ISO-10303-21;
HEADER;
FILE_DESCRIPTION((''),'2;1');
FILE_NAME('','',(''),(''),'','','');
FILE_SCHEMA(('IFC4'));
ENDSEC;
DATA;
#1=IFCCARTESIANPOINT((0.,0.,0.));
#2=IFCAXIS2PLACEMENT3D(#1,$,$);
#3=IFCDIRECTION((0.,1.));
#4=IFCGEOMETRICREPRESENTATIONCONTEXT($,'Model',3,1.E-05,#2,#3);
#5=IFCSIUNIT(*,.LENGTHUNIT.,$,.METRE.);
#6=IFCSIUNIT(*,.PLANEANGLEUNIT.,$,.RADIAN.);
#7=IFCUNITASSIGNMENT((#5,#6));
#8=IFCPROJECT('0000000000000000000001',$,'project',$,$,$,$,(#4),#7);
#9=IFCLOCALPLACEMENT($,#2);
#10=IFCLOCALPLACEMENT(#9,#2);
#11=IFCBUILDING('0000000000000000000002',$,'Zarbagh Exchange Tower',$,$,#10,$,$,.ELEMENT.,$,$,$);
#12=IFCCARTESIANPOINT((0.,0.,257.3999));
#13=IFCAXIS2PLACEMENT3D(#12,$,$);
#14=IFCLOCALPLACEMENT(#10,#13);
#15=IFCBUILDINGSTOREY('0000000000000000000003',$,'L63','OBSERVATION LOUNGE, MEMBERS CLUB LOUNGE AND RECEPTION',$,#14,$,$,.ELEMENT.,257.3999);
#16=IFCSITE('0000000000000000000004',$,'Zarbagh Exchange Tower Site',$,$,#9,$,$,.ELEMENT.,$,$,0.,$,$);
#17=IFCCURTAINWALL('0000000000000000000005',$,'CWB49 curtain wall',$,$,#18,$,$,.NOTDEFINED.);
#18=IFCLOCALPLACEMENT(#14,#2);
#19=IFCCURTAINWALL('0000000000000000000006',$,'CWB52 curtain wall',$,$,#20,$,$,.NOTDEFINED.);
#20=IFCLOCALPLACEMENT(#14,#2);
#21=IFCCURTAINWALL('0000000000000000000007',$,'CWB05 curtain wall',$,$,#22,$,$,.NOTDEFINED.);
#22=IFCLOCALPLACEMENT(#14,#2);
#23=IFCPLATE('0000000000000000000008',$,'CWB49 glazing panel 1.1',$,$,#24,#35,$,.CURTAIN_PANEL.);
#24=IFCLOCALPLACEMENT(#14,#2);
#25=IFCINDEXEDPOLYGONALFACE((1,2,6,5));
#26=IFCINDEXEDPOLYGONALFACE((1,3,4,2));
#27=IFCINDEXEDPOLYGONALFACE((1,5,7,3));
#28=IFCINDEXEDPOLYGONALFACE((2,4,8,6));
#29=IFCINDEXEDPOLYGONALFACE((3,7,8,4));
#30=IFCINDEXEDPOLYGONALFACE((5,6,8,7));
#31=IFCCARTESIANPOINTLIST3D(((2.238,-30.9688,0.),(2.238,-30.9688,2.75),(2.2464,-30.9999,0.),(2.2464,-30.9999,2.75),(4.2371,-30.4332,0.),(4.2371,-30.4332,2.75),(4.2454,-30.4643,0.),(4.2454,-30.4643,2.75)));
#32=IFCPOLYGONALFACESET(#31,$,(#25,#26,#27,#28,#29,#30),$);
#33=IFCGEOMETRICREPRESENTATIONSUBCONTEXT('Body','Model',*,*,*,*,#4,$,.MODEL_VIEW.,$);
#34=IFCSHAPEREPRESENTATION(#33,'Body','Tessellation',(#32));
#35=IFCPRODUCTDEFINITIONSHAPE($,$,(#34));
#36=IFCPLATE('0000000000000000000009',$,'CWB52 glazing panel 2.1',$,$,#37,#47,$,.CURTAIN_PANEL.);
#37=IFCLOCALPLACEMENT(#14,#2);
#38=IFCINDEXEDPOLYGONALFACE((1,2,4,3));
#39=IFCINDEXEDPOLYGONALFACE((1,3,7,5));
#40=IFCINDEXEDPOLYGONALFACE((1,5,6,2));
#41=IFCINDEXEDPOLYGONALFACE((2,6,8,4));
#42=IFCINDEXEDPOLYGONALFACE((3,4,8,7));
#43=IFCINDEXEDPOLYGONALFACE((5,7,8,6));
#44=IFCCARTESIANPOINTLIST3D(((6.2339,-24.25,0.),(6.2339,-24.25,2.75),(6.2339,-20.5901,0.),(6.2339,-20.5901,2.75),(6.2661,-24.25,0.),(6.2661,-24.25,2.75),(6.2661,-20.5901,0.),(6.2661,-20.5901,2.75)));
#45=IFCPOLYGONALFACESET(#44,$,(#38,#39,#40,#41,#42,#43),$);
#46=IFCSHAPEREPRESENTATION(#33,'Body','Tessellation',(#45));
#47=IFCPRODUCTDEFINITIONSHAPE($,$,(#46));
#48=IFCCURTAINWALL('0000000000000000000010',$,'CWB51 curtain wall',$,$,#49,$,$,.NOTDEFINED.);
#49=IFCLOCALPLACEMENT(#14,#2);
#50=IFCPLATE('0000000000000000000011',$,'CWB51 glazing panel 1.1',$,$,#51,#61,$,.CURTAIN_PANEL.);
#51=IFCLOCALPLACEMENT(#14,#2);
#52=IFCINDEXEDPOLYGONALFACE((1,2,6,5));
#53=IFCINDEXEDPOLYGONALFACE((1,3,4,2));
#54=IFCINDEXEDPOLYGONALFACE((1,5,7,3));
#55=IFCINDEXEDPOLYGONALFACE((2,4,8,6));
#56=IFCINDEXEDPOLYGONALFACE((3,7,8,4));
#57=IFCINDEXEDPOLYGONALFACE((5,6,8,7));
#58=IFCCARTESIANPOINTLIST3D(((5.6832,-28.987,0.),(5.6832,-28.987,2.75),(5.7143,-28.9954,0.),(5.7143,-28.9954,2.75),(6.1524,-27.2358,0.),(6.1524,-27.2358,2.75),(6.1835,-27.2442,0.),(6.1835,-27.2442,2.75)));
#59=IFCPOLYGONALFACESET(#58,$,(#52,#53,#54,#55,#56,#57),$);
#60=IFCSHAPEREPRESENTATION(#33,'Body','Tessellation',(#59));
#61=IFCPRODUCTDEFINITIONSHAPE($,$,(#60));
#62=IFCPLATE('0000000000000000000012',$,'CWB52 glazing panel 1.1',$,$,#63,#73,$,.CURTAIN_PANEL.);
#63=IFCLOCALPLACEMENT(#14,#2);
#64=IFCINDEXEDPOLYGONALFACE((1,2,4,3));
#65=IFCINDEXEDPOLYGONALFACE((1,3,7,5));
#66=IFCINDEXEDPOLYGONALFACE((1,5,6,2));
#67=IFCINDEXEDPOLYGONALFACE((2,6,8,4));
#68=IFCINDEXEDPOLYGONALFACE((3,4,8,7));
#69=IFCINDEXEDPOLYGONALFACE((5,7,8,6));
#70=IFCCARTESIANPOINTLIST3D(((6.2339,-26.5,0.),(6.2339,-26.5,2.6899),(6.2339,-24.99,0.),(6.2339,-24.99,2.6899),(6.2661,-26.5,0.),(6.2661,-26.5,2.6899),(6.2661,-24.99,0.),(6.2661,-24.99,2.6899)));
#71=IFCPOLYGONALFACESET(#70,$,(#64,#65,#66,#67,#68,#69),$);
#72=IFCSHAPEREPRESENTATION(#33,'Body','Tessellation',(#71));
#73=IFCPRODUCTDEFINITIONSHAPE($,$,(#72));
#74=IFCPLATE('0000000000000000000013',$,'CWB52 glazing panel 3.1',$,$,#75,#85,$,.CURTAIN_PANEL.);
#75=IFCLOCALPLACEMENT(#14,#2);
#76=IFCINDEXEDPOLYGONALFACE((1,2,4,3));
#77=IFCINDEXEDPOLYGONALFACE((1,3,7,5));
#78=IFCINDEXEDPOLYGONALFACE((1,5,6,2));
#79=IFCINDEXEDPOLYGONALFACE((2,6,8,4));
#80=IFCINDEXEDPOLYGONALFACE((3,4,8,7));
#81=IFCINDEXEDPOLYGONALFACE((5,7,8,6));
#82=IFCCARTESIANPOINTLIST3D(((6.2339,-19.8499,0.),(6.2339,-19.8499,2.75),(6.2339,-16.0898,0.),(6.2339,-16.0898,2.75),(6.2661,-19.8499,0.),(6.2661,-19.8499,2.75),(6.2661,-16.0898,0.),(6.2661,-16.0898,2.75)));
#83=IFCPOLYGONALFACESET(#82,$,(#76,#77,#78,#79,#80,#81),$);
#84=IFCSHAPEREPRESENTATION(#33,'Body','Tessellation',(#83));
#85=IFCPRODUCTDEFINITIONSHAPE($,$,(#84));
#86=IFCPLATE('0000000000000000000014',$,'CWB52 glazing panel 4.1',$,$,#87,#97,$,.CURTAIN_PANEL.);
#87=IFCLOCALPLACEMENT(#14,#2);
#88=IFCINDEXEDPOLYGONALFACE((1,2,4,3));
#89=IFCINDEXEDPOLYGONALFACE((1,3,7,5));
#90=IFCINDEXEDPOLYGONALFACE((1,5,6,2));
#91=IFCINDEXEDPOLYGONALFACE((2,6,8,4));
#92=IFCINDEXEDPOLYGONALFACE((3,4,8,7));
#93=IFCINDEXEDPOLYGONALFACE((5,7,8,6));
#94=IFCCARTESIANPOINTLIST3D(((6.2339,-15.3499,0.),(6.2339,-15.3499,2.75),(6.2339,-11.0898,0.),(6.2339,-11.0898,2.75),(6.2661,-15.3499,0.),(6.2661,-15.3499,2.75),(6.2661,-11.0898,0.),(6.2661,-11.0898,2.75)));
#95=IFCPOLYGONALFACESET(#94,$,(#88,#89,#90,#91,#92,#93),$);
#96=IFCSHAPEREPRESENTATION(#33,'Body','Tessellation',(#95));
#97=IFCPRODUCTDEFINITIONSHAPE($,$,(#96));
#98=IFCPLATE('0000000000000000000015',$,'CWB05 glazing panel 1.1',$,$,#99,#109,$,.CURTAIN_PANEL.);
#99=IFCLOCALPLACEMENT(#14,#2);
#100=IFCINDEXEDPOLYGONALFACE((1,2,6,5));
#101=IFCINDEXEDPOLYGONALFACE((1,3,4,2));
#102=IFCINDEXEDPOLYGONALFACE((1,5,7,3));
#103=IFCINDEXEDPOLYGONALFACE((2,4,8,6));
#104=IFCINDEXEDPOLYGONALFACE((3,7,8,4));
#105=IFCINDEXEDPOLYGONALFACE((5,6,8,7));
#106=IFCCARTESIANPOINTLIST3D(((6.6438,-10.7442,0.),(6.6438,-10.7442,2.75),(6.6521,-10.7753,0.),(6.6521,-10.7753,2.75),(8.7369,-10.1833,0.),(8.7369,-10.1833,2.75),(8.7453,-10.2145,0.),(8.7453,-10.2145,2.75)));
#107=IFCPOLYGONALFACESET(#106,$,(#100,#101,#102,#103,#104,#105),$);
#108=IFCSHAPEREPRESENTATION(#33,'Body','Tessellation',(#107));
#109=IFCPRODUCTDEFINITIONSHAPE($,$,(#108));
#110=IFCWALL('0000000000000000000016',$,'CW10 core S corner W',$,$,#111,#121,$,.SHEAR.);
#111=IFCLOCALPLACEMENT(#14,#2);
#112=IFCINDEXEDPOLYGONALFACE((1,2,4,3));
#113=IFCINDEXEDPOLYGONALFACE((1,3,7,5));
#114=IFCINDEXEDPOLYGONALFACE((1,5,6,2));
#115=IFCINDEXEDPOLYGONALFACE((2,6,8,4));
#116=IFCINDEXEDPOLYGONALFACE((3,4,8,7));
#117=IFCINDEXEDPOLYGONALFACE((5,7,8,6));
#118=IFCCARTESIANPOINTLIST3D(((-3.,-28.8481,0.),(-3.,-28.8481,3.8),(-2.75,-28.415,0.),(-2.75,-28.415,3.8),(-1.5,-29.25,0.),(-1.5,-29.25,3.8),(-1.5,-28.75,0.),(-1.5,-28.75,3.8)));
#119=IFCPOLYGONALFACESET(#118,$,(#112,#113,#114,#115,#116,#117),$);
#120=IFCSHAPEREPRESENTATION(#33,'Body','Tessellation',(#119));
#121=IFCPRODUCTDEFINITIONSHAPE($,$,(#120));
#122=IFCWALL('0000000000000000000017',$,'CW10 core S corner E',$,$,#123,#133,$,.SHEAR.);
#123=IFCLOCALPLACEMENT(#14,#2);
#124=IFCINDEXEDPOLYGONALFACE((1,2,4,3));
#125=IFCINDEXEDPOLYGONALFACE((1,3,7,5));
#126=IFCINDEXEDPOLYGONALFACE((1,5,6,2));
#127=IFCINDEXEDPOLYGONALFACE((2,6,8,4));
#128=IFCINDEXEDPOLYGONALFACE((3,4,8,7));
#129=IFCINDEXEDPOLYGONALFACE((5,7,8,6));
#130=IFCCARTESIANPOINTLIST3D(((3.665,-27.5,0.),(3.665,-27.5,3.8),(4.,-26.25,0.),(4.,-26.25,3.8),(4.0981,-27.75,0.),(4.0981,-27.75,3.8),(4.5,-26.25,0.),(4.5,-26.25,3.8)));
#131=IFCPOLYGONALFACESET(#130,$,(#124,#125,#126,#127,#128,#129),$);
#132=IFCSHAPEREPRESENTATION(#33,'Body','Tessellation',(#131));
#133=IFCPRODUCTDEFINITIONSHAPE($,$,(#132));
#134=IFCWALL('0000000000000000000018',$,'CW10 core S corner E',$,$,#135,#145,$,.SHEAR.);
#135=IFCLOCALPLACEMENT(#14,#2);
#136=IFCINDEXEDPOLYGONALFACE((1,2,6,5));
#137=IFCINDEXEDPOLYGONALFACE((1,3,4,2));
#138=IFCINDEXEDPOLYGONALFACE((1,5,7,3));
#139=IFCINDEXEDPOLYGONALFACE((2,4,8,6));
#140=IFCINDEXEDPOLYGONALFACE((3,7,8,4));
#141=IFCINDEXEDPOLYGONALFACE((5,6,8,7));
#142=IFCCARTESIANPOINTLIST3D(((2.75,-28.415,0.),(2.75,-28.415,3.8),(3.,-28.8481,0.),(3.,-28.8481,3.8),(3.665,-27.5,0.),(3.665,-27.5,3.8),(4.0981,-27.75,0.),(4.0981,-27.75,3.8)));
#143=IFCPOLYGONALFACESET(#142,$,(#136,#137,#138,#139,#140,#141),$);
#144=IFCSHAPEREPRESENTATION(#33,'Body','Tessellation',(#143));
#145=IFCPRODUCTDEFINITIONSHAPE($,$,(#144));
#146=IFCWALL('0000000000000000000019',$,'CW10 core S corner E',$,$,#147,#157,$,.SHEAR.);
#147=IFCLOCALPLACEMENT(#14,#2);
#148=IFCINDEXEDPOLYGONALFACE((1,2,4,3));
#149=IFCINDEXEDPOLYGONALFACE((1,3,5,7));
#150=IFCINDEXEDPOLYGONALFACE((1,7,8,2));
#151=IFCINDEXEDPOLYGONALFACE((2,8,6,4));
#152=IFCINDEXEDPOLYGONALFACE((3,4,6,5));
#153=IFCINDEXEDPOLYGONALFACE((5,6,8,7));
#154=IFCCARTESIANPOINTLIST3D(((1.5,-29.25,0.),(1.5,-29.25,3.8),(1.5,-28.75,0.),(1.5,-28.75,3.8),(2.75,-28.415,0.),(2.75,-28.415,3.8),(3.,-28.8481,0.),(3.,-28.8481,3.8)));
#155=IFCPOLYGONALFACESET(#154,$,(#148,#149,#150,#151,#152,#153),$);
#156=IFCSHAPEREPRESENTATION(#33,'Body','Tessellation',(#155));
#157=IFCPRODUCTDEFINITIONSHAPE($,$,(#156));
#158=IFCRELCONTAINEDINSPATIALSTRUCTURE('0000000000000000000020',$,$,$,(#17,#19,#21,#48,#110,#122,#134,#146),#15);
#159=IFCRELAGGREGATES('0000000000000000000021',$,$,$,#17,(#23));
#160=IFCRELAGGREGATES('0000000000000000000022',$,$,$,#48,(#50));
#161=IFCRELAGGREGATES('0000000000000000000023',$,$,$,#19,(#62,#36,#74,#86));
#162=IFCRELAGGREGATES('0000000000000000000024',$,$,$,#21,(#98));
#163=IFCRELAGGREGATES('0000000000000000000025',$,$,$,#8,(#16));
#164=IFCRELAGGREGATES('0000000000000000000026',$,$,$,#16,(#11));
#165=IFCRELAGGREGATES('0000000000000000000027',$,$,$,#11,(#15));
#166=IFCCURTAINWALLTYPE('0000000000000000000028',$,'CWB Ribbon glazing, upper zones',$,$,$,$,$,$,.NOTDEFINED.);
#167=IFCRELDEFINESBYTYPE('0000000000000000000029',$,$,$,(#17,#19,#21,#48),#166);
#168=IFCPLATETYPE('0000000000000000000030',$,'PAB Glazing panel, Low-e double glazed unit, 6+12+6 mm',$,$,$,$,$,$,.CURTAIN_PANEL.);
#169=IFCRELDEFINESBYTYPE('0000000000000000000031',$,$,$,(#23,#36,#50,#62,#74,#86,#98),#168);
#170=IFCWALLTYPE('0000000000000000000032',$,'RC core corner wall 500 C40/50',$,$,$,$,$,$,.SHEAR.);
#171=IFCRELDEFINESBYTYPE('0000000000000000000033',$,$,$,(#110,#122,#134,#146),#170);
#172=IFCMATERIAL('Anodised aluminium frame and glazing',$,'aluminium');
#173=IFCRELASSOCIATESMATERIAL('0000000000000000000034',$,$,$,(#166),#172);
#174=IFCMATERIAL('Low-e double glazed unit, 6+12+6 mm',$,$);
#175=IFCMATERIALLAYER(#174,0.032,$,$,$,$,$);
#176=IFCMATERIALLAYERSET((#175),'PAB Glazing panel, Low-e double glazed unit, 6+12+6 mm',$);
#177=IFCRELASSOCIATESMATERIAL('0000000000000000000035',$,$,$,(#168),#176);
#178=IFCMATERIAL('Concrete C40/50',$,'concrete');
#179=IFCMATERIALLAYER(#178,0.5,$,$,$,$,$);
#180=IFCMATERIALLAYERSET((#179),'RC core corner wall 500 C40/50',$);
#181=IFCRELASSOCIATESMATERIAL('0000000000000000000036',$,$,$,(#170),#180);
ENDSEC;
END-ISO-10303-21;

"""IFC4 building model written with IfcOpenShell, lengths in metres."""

from ifc_helpers import new_model, si_unit, direction, frame, origin, place, context, subcontext, project, spatial, polyline, outline, extrude, source, transform, mapped, material, layer, layer_set, type_object, element, aggregate, save


model = new_model("IFC4")

# Units and contexts
model_context = context("Model", 3, precision=1e-05, world=origin(), true_north=direction((0.0, 1.0)))
body_context = subcontext(model_context, "Body", "Model", "MODEL_VIEW")
ifc_project = project(units=[si_unit("LENGTHUNIT", "METRE"), si_unit("PLANEANGLEUNIT", "RADIAN")], contexts=[model_context])

# Site, building, storey
site_placement = place(None, origin())
site = spatial("IfcSite", under=ifc_project, at=site_placement, Name="Zarbagh Exchange Tower Site", CompositionType="ELEMENT", RefElevation=0.0)
building_placement = place(site_placement, origin())
building = spatial("IfcBuilding", under=site, at=building_placement, Name="Zarbagh Exchange Tower", CompositionType="ELEMENT")
storey_placement = place(building_placement, frame((0.0, 0.0, 257.3999)))
storey = spatial("IfcBuildingStorey", under=building, at=storey_placement, Name="L63", Description="OBSERVATION LOUNGE, MEMBERS CLUB LOUNGE AND RECEPTION", CompositionType="ELEMENT", Elevation=257.3999)

# Curtain wall
ifc_material_1 = material(Name="Anodised aluminium frame and glazing", Category="aluminium")
curtain_wall_type = type_object("IfcCurtainWallType", Name="CWB Ribbon glazing, upper zones", PredefinedType="NOTDEFINED", material=ifc_material_1)
curtain_wall_1_placement = place(storey_placement, origin())
curtain_wall_1 = element("IfcCurtainWall", 1, at=curtain_wall_1_placement, inside=storey, type_object=curtain_wall_type, Name="CWB49 curtain wall", PredefinedType="NOTDEFINED")
placement = place(storey_placement, origin())

# Curtain wall
curtain_wall_2_placement = place(storey_placement, origin())
curtain_wall_2 = element("IfcCurtainWall", 2, at=curtain_wall_2_placement, inside=storey, type_object=curtain_wall_type, Name="CWB52 curtain wall", PredefinedType="NOTDEFINED")

# Curtain wall
curtain_wall_3_placement = place(storey_placement, origin())
curtain_wall_3 = element("IfcCurtainWall", 3, at=curtain_wall_3_placement, inside=storey, type_object=curtain_wall_type, Name="CWB05 curtain wall", PredefinedType="NOTDEFINED")

# Shared definitions
ifc_material_2 = material(Name="Concrete C40/50", Category="concrete")

# Shared definitions
ifc_material_3 = material(Name="Low-e double glazed unit, 6+12+6 mm")
ifc_layer_1 = layer(ifc_material_3, 0.032)
ifc_layer_set_1 = layer_set([ifc_layer_1], Name="PAB Glazing panel, Low-e double glazed unit, 6+12+6 mm")
plate_type = type_object("IfcPlateType", Name="PAB Glazing panel, Low-e double glazed unit, 6+12+6 mm", PredefinedType="CURTAIN_PANEL", material=ifc_layer_set_1)

# Plates
shared_shape_1 = source(origin(), body_context, "Body", "SweptSolid", [
    extrude(outline(polyline([(0.0, -0.0161), (2.0696, -0.0161), (2.0696, 0.0161), (0.0, 0.0161), (0.0, -0.0161)])), origin(), (0.0, 0.0, 1.0), 2.75),
])
plate_1 = element("IfcPlate", 4, at=placement, type_object=plate_type, Name="CWB49 glazing panel 1.1", PredefinedType="CURTAIN_PANEL", context=body_context, shape_type="MappedRepresentation", body=[
    mapped(shared_shape_1, transform((2.2422, -30.9844, 0.0), x_axis=(0.965924, 0.258825, 0.0), y_axis=(-0.258825, 0.965924, 0.0), z_axis=(0.0, 0.0, 1.0))),
])
aggregate(curtain_wall_1, [plate_1])
shared_shape_2 = source(origin(), body_context, "Body", "SweptSolid", [
    extrude(outline(polyline([(0.0, -0.0161), (3.6599, -0.0161), (3.6599, 0.0161), (0.0, 0.0161), (0.0, -0.0161)])), origin(), (0.0, 0.0, 1.0), 2.75),
])
plate_2 = element("IfcPlate", 5, at=placement, type_object=plate_type, Name="CWB52 glazing panel 2.1", PredefinedType="CURTAIN_PANEL", context=body_context, shape_type="MappedRepresentation", body=[
    mapped(shared_shape_2, transform((6.25, -24.25, 0.0), x_axis=(0.0, 1.0, 0.0), y_axis=(-1.0, 0.0, 0.0), z_axis=(0.0, 0.0, 1.0))),
])

# Curtain wall, plate
curtain_wall_4_placement = place(storey_placement, origin())
curtain_wall_4 = element("IfcCurtainWall", 6, at=curtain_wall_4_placement, inside=storey, type_object=curtain_wall_type, Name="CWB51 curtain wall", PredefinedType="NOTDEFINED")
shared_shape_3 = source(origin(), body_context, "Body", "SweptSolid", [
    extrude(outline(polyline([(0.0, -0.0161), (1.813, -0.0161), (1.813, 0.0161), (0.0, 0.0161), (0.0, -0.0161)])), origin(), (0.0, 0.0, 1.0), 2.75),
])
plate_3 = element("IfcPlate", 7, at=placement, type_object=plate_type, Name="CWB51 glazing panel 1.1", PredefinedType="CURTAIN_PANEL", context=body_context, shape_type="MappedRepresentation", body=[
    mapped(shared_shape_3, transform((5.6987, -28.9912, 0.0), x_axis=(0.258825, 0.965924, 0.0), y_axis=(-0.965924, 0.258825, 0.0), z_axis=(0.0, 0.0, 1.0))),
])
aggregate(curtain_wall_4, [plate_3])

# Plates
shared_shape_4 = source(origin(), body_context, "Body", "SweptSolid", [
    extrude(outline(polyline([(0.0, -0.0161), (1.51, -0.0161), (1.51, 0.0161), (0.0, 0.0161), (0.0, -0.0161)])), origin(), (0.0, 0.0, 1.0), 2.6899),
])
plate_4 = element("IfcPlate", 8, at=placement, type_object=plate_type, Name="CWB52 glazing panel 1.1", PredefinedType="CURTAIN_PANEL", context=body_context, shape_type="MappedRepresentation", body=[
    mapped(shared_shape_4, transform((6.25, -26.5, 0.0), x_axis=(0.0, 1.0, 0.0), y_axis=(-1.0, 0.0, 0.0), z_axis=(0.0, 0.0, 1.0))),
])
shared_shape_5 = source(origin(), body_context, "Body", "SweptSolid", [
    extrude(outline(polyline([(0.0, -0.0161), (3.76, -0.0161), (3.76, 0.0161), (0.0, 0.0161), (0.0, -0.0161)])), origin(), (0.0, 0.0, 1.0), 2.75),
])
plate_5 = element("IfcPlate", 9, at=placement, type_object=plate_type, Name="CWB52 glazing panel 3.1", PredefinedType="CURTAIN_PANEL", context=body_context, shape_type="MappedRepresentation", body=[
    mapped(shared_shape_5, transform((6.25, -19.8499, 0.0), x_axis=(0.0, 1.0, 0.0), y_axis=(-1.0, 0.0, 0.0), z_axis=(0.0, 0.0, 1.0))),
])
shared_shape_6 = source(origin(), body_context, "Body", "SweptSolid", [
    extrude(outline(polyline([(0.0, -0.0161), (4.26, -0.0161), (4.26, 0.0161), (0.0, 0.0161), (0.0, -0.0161)])), origin(), (0.0, 0.0, 1.0), 2.75),
])
plate_6 = element("IfcPlate", 10, at=placement, type_object=plate_type, Name="CWB52 glazing panel 4.1", PredefinedType="CURTAIN_PANEL", context=body_context, shape_type="MappedRepresentation", body=[
    mapped(shared_shape_6, transform((6.25, -15.3499, 0.0), x_axis=(0.0, 1.0, 0.0), y_axis=(-1.0, 0.0, 0.0), z_axis=(0.0, 0.0, 1.0))),
])
aggregate(curtain_wall_2, [plate_4, plate_2, plate_5, plate_6])
shared_shape_7 = source(origin(), body_context, "Body", "SweptSolid", [
    extrude(outline(polyline([(0.0, -0.0161), (2.167, -0.0161), (2.167, 0.0161), (0.0, 0.0161), (0.0, -0.0161)])), origin(), (0.0, 0.0, 1.0), 2.75),
])
plate_7 = element("IfcPlate", 11, at=placement, type_object=plate_type, Name="CWB05 glazing panel 1.1", PredefinedType="CURTAIN_PANEL", context=body_context, shape_type="MappedRepresentation", body=[
    mapped(shared_shape_7, transform((6.6479, -10.7598, 0.0), x_axis=(0.965924, 0.258825, 0.0), y_axis=(-0.258825, 0.965924, 0.0), z_axis=(0.0, 0.0, 1.0))),
])
aggregate(curtain_wall_3, [plate_7])

# Walls
ifc_layer_2 = layer(ifc_material_2, 0.5)
ifc_layer_set_2 = layer_set([ifc_layer_2], Name="RC core corner wall 500 C40/50")
wall_type = type_object("IfcWallType", Name="RC core corner wall 500 C40/50", PredefinedType="SHEAR", material=ifc_layer_set_2)
wall_1_placement = place(storey_placement, origin())
element("IfcWall", 12, at=wall_1_placement, inside=storey, type_object=wall_type, Name="CW10 core S corner W", PredefinedType="SHEAR", context=body_context, shape_type="SweptSolid", body=[
    extrude(outline(polyline([(-3.0, -28.8481), (-1.5, -29.25), (-1.5, -28.75), (-2.75, -28.415), (-3.0, -28.8481)])), origin(), (0.0, 0.0, 1.0), 3.8),
])
wall_2_placement = place(storey_placement, origin())
element("IfcWall", 13, at=wall_2_placement, inside=storey, type_object=wall_type, Name="CW10 core S corner E", PredefinedType="SHEAR", context=body_context, shape_type="SweptSolid", body=[
    extrude(outline(polyline([(4.5, -26.25), (4.0981, -27.75), (3.665, -27.5), (4.0, -26.25), (4.5, -26.25)])), origin(), (0.0, 0.0, 1.0), 3.8),
])
wall_3_placement = place(storey_placement, origin())
element("IfcWall", 14, at=wall_3_placement, inside=storey, type_object=wall_type, Name="CW10 core S corner E", PredefinedType="SHEAR", context=body_context, shape_type="SweptSolid", body=[
    extrude(outline(polyline([(4.0981, -27.75), (3.0, -28.8481), (2.75, -28.415), (3.665, -27.5), (4.0981, -27.75)])), origin(), (0.0, 0.0, 1.0), 3.8),
])
wall_4_placement = place(storey_placement, origin())
element("IfcWall", 15, at=wall_4_placement, inside=storey, type_object=wall_type, Name="CW10 core S corner E", PredefinedType="SHEAR", context=body_context, shape_type="SweptSolid", body=[
    extrude(outline(polyline([(3.0, -28.8481), (1.5, -29.25), (1.5, -28.75), (2.75, -28.415), (3.0, -28.8481)])), origin(), (0.0, 0.0, 1.0), 3.8),
])

save(model, "model.ifc")
